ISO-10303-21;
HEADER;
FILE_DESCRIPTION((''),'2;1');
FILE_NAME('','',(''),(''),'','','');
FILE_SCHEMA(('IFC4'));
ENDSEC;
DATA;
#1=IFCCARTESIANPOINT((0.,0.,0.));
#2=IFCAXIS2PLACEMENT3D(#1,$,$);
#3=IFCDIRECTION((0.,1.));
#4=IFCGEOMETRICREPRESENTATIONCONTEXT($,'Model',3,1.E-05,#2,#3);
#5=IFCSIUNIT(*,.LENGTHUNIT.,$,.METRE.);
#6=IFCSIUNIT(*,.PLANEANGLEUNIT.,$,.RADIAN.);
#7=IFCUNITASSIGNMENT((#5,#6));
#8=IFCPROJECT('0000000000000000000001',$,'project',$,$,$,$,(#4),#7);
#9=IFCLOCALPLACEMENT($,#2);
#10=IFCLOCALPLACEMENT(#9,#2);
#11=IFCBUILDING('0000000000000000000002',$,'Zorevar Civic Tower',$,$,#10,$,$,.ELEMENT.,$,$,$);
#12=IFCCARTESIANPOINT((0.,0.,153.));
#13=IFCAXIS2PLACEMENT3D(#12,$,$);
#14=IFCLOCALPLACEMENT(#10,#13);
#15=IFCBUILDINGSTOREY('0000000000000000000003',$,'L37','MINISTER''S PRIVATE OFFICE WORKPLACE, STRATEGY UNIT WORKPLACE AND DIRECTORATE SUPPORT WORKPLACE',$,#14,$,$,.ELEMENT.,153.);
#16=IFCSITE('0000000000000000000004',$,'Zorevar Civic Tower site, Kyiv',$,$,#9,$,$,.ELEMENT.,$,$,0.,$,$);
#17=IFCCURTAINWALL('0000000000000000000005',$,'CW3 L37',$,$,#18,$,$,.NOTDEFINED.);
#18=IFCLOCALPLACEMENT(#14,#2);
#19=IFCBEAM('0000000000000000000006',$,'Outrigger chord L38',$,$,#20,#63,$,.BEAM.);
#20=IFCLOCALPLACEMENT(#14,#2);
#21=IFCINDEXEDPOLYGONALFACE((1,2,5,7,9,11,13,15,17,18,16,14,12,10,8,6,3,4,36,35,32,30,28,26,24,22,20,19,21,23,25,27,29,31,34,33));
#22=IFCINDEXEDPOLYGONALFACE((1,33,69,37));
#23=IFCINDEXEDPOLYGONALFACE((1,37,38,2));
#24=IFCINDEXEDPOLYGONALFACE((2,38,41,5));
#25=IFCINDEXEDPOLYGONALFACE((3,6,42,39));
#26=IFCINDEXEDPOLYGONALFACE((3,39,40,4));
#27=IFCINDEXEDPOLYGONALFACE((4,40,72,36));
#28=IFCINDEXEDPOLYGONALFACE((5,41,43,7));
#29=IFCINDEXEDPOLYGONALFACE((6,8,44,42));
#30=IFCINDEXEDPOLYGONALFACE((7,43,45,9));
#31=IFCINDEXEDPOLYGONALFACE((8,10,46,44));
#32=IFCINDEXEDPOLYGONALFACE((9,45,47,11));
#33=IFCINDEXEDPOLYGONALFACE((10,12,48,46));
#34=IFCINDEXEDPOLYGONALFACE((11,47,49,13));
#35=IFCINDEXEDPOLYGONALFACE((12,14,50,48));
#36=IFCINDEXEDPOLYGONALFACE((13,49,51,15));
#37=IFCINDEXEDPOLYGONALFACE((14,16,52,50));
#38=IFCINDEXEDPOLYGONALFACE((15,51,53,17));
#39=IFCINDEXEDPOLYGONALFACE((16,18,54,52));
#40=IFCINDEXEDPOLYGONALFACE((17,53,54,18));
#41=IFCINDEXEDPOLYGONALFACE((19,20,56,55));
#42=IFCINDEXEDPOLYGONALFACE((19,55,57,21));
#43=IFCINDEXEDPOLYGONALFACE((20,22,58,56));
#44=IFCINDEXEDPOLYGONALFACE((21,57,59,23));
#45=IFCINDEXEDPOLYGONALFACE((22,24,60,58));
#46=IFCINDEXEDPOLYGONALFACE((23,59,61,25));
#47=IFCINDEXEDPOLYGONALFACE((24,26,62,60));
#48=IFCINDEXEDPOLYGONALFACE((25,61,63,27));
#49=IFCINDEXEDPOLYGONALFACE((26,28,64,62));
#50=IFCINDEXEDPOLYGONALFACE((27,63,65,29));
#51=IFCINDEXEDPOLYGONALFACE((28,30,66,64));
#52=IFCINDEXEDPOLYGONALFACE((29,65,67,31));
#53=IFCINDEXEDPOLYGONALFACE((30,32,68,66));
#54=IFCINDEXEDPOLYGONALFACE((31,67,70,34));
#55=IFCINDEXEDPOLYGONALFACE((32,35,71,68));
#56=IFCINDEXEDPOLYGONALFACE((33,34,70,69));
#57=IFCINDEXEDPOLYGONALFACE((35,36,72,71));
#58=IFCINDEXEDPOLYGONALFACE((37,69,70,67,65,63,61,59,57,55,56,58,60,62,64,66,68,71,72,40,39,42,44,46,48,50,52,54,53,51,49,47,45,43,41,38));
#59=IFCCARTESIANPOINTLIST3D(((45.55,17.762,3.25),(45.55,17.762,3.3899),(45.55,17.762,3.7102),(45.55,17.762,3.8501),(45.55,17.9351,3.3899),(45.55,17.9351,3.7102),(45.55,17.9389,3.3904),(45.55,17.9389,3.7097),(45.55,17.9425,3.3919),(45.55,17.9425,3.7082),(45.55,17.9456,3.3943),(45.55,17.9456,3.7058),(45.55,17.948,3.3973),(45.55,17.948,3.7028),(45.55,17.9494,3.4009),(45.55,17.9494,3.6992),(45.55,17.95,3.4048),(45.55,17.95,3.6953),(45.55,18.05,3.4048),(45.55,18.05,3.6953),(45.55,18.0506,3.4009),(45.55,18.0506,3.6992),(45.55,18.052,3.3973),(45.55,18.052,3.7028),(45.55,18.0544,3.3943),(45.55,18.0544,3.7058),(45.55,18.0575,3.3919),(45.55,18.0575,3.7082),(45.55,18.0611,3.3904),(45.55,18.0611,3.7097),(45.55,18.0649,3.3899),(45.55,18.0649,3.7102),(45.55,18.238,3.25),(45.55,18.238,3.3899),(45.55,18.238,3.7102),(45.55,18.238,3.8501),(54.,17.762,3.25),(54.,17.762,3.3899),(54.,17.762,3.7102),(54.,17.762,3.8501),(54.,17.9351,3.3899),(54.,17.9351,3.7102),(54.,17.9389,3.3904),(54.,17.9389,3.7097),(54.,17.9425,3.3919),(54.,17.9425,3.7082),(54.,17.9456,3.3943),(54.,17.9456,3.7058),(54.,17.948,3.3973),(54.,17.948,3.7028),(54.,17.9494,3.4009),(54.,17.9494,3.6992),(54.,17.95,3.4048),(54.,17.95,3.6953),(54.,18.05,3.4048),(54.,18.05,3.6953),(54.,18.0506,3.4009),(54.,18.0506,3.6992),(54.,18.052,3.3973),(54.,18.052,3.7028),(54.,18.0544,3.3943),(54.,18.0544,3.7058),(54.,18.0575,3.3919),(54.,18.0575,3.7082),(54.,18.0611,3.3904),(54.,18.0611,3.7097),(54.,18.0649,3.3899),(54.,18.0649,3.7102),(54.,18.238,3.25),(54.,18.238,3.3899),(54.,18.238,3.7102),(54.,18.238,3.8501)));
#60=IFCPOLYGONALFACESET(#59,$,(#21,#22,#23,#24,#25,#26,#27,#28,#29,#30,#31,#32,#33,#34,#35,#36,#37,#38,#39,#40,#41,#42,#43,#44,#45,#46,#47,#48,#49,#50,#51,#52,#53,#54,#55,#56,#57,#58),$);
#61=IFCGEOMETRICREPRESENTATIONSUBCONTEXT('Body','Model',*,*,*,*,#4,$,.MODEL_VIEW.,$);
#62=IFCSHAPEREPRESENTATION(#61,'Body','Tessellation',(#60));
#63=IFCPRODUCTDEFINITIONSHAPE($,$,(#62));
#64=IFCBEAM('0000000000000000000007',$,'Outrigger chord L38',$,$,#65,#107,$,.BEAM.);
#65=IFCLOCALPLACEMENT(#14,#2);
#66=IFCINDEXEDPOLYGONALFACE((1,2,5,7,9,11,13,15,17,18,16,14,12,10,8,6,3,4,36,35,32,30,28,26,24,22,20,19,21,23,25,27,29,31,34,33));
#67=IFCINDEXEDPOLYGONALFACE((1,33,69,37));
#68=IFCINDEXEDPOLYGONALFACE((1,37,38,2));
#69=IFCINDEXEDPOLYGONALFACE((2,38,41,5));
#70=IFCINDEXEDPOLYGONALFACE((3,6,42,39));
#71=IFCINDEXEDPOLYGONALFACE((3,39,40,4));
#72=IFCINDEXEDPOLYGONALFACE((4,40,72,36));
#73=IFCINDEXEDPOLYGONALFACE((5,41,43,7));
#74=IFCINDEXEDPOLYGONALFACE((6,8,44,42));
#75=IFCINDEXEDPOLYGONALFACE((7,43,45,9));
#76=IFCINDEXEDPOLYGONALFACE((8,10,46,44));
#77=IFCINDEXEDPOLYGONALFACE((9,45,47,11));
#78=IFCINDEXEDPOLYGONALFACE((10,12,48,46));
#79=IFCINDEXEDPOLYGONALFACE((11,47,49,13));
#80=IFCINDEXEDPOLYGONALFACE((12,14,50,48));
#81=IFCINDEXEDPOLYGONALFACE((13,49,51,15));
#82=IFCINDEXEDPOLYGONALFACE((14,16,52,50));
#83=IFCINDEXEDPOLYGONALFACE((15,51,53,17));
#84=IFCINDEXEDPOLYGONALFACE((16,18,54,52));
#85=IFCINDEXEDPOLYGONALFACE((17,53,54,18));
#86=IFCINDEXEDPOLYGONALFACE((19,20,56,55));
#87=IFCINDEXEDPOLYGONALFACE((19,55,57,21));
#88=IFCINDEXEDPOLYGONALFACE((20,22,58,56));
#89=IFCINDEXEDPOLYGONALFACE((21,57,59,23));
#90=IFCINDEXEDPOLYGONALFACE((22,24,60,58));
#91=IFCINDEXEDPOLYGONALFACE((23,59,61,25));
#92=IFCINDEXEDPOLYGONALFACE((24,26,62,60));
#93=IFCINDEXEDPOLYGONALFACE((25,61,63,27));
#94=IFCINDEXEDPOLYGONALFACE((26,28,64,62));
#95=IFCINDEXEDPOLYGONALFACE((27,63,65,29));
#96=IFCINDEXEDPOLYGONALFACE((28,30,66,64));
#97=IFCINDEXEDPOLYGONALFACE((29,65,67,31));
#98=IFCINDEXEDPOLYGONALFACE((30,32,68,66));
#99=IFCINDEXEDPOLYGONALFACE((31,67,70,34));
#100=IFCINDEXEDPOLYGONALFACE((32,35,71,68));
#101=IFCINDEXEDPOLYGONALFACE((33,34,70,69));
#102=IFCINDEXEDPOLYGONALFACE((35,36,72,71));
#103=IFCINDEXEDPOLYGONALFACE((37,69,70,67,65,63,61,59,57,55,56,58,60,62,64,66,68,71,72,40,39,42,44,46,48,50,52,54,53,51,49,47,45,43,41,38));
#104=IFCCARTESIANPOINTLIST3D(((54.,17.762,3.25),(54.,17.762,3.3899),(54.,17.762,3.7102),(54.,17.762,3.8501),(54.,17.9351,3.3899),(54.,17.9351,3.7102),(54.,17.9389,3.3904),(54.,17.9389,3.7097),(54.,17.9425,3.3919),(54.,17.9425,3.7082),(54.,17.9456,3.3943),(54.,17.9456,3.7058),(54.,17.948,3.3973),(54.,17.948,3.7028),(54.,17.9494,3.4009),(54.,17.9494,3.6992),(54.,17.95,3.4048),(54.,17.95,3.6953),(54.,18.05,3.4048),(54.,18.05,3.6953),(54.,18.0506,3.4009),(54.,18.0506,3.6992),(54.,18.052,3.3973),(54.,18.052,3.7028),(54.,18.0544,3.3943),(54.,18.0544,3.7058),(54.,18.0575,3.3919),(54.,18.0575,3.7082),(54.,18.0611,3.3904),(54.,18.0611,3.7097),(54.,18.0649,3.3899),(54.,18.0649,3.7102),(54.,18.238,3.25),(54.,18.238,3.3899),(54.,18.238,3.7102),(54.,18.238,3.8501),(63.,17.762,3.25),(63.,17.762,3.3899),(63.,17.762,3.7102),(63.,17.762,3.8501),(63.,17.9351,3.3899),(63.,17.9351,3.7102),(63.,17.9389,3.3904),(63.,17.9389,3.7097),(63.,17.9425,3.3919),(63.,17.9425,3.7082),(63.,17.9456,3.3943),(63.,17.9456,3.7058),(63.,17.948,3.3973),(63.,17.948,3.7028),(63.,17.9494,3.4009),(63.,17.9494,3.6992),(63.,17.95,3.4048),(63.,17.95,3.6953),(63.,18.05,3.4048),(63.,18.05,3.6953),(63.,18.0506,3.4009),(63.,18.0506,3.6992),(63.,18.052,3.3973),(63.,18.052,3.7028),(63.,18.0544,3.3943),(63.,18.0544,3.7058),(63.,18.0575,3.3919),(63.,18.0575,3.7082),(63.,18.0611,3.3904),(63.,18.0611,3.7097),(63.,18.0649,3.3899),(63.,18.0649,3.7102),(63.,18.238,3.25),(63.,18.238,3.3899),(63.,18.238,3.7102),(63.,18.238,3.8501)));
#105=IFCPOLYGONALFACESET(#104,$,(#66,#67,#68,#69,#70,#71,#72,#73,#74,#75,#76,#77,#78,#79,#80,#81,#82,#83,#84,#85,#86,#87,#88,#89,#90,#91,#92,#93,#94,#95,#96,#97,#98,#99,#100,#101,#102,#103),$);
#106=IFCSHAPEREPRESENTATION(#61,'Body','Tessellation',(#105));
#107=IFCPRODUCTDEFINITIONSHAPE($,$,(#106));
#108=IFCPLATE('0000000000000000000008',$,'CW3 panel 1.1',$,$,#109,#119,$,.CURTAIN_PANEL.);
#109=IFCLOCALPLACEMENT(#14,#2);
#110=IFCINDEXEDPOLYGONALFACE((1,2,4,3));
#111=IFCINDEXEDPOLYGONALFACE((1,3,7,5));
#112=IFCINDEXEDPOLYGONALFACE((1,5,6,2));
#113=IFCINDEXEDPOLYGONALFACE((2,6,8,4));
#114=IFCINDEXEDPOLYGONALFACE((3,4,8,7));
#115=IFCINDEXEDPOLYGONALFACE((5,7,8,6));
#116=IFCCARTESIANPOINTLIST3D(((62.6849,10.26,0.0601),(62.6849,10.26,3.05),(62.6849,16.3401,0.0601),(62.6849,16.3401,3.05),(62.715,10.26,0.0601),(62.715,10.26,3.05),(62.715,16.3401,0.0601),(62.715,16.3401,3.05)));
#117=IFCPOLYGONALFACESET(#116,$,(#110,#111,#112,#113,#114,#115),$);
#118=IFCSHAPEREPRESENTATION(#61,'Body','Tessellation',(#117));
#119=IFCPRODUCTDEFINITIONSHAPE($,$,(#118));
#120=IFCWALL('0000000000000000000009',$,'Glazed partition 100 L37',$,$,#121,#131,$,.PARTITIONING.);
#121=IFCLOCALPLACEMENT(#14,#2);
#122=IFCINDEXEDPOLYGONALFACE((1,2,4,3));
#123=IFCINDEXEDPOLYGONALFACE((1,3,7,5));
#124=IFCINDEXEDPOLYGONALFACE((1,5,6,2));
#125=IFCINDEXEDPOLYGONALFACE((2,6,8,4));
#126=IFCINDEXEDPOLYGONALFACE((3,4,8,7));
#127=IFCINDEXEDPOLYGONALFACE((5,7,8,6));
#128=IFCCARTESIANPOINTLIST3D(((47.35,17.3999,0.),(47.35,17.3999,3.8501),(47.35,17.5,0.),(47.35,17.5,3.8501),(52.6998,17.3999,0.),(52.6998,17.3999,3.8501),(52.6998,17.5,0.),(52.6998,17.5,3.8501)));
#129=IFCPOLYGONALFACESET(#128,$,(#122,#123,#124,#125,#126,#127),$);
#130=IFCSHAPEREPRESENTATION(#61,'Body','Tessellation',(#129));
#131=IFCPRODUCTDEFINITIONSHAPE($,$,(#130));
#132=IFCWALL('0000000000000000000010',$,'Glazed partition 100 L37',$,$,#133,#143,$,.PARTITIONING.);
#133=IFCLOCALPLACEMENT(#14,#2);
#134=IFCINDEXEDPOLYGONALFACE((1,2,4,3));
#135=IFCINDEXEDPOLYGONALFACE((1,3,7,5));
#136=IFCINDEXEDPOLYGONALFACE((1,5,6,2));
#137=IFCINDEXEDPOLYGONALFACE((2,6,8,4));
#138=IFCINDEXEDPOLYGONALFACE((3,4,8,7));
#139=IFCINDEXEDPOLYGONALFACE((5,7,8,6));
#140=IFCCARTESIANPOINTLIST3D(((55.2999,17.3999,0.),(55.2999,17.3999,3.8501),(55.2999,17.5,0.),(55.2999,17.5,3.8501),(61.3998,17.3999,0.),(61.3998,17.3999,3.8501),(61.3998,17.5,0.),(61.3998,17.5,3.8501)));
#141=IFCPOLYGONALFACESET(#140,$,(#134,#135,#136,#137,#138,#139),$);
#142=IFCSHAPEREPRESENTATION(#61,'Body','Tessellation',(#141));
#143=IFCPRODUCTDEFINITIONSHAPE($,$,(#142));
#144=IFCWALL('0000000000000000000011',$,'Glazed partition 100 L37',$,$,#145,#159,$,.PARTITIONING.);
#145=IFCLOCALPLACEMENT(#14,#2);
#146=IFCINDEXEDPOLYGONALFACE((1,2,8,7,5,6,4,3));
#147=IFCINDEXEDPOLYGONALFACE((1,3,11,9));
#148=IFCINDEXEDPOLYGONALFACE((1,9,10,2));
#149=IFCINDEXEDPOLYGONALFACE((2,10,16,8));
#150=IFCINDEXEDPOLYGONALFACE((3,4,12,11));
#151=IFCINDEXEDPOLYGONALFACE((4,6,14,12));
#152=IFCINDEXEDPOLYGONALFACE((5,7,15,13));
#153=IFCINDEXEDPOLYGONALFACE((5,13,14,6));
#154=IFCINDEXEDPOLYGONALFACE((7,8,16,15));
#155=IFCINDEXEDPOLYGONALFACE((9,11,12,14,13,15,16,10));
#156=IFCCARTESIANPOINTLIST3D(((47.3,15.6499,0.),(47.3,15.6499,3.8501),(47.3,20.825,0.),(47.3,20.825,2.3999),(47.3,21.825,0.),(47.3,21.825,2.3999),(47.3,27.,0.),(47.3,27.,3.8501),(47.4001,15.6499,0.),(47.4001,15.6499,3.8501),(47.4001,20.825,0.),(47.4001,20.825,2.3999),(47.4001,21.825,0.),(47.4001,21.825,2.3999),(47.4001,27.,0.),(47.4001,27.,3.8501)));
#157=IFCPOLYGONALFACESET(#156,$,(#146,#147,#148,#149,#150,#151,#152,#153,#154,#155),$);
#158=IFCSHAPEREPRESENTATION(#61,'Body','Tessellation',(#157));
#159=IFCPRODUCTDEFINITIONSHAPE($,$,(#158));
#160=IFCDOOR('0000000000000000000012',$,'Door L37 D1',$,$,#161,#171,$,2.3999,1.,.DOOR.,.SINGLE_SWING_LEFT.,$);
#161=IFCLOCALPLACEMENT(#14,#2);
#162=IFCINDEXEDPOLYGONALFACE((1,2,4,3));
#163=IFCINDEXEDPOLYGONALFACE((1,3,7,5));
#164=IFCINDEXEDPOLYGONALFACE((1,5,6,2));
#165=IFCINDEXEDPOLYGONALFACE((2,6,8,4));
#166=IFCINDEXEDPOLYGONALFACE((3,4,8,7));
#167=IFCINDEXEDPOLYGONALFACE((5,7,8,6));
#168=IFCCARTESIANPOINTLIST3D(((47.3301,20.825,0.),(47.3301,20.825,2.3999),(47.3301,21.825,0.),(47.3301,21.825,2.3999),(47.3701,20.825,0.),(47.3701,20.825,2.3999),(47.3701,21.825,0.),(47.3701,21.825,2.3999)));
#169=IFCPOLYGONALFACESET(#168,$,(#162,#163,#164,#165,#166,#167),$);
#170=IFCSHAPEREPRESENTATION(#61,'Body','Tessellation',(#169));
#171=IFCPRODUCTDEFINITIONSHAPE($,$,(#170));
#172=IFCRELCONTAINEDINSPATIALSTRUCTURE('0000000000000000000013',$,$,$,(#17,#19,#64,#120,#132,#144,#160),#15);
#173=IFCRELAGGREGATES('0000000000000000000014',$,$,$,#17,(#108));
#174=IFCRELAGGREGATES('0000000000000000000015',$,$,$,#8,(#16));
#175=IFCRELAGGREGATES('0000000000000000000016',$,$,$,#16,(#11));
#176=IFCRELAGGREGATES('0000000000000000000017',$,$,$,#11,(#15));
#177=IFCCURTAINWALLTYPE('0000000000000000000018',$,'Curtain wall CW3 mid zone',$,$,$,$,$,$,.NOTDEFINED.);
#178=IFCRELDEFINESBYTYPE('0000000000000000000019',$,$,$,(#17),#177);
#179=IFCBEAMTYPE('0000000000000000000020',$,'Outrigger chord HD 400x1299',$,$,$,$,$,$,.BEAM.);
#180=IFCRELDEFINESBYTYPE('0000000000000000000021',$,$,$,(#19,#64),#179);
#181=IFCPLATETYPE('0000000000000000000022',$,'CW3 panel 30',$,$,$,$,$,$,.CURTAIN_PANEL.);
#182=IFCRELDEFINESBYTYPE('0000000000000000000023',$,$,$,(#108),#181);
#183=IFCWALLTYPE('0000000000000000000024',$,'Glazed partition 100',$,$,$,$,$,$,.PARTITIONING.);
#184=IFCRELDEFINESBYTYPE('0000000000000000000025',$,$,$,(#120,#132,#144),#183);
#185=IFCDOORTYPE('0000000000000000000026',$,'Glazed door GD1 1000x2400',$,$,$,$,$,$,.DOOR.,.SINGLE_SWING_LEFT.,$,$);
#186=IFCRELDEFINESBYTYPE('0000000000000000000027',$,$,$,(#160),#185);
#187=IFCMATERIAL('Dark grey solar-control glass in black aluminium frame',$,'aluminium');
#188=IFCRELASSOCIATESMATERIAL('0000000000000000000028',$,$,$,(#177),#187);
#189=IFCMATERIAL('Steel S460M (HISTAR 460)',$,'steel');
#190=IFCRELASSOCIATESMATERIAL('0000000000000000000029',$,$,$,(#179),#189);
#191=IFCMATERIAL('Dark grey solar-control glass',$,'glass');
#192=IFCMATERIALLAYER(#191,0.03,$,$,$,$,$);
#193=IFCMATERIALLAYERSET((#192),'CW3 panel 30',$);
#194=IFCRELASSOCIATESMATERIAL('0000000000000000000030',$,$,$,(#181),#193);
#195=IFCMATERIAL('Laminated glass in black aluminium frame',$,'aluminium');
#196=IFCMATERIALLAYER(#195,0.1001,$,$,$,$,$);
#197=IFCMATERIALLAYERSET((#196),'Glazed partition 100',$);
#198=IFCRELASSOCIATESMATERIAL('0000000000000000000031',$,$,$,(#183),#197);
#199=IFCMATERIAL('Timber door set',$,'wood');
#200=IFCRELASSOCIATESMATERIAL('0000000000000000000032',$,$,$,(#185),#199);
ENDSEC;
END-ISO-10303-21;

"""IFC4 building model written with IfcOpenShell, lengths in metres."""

from ifc_helpers import new_model, si_unit, direction, frame, frame_2d, origin, origin_2d, place, context, subcontext, project, spatial, rectangle, i_section, extrude, material, layer, layer_set, material_profile, profile_set, type_object, element, fill, aggregate, save


model = new_model("IFC4")

# Units and contexts
model_context = context("Model", 3, precision=1e-05, world=origin(), true_north=direction((0.0, 1.0)))
body_context = subcontext(model_context, "Body", "Model", "MODEL_VIEW")
ifc_project = project(units=[si_unit("LENGTHUNIT", "METRE"), si_unit("PLANEANGLEUNIT", "RADIAN")], contexts=[model_context])

# Site, building, storey
site_placement = place(None, origin())
site = spatial("IfcSite", under=ifc_project, at=site_placement, Name="Zorevar Civic Tower site, Kyiv", CompositionType="ELEMENT", RefElevation=0.0)
building_placement = place(site_placement, origin())
building = spatial("IfcBuilding", under=site, at=building_placement, Name="Zorevar Civic Tower", CompositionType="ELEMENT")
storey_placement = place(building_placement, frame((0.0, 0.0, 153.0)))
storey = spatial("IfcBuildingStorey", under=building, at=storey_placement, Name="L37", Description="MINISTER'S PRIVATE OFFICE WORKPLACE, STRATEGY UNIT WORKPLACE AND DIRECTORATE SUPPORT WORKPLACE", CompositionType="ELEMENT", Elevation=153.0)

# Curtain wall
ifc_material_1 = material(Name="Dark grey solar-control glass in black aluminium frame", Category="aluminium")
curtain_wall_type = type_object("IfcCurtainWallType", Name="Curtain wall CW3 mid zone", PredefinedType="NOTDEFINED", material=ifc_material_1)
curtain_wall_1_placement = place(storey_placement, origin())
curtain_wall_1 = element("IfcCurtainWall", 1, at=curtain_wall_1_placement, inside=storey, type_object=curtain_wall_type, Name="CW3 L37", PredefinedType="NOTDEFINED")

# Beams
ifc_material_2 = material(Name="Steel S460M (HISTAR 460)", Category="steel")
ifc_material_profile_1 = material_profile(ifc_material_2, i_section(OverallWidth=0.4761, OverallDepth=0.6001, WebThickness=0.1001, FlangeThickness=0.1399, FilletRadius=0.0149, at=origin_2d()), Name="HD 400x1299")
ifc_profile_set_1 = profile_set([ifc_material_profile_1], Name="Steel S460M (HISTAR 460)")
beam_type_1 = type_object("IfcBeamType", Name="Outrigger chord HD 400x1299", PredefinedType="BEAM", material=ifc_profile_set_1)
beam_1_placement = place(storey_placement, frame((45.55, 18.0, 3.55), z_axis=(1.0, 0.0, 0.0), x_axis=(0.0, 1.0, 0.0)))
element("IfcBeam", 2, at=beam_1_placement, inside=storey, type_object=beam_type_1, Name="Outrigger chord L38", PredefinedType="BEAM", context=body_context, shape_type="SweptSolid", body=[
    extrude(i_section(OverallWidth=0.4761, OverallDepth=0.6001, WebThickness=0.1001, FlangeThickness=0.1399, FilletRadius=0.0149, at=origin_2d()), origin(), (0.0, 0.0, 1.0), 8.45),
])
beam_2_placement = place(storey_placement, frame((54.0, 18.0, 3.55), z_axis=(1.0, 0.0, 0.0), x_axis=(0.0, 1.0, 0.0)))
element("IfcBeam", 3, at=beam_2_placement, inside=storey, type_object=beam_type_1, Name="Outrigger chord L38", PredefinedType="BEAM", context=body_context, shape_type="SweptSolid", body=[
    extrude(i_section(OverallWidth=0.4761, OverallDepth=0.6001, WebThickness=0.1001, FlangeThickness=0.1399, FilletRadius=0.0149, at=origin_2d()), origin(), (0.0, 0.0, 1.0), 9.0),
])

# Plate
ifc_material_3 = material(Name="Dark grey solar-control glass", Category="glass")
ifc_layer_1 = layer(ifc_material_3, 0.03)
ifc_layer_set_1 = layer_set([ifc_layer_1], Name="CW3 panel 30")
plate_type = type_object("IfcPlateType", Name="CW3 panel 30", PredefinedType="CURTAIN_PANEL", material=ifc_layer_set_1)
plate_placement = place(storey_placement, frame((62.7, 13.3, 0.0601), z_axis=(0.0, 0.0, 1.0), x_axis=(0.0, 1.0, 0.0)))
plate = element("IfcPlate", 4, at=plate_placement, type_object=plate_type, Name="CW3 panel 1.1", PredefinedType="CURTAIN_PANEL", context=body_context, shape_type="SweptSolid", body=[
    extrude(rectangle(XDim=6.0801, YDim=0.03, at=origin_2d()), origin(), (0.0, 0.0, 1.0), 2.99),
])
aggregate(curtain_wall_1, [plate])

# Walls
ifc_material_4 = material(Name="Laminated glass in black aluminium frame", Category="aluminium")
ifc_layer_2 = layer(ifc_material_4, 0.1001)
ifc_layer_set_2 = layer_set([ifc_layer_2], Name="Glazed partition 100")
wall_type = type_object("IfcWallType", Name="Glazed partition 100", PredefinedType="PARTITIONING", material=ifc_layer_set_2)
wall_1_placement = place(storey_placement, frame((47.3501, 17.45, 0.0), z_axis=(0.0, 0.0, 1.0), x_axis=(1.0, 0.0, 0.0)))
element("IfcWall", 5, at=wall_1_placement, inside=storey, type_object=wall_type, Name="Glazed partition 100 L37", PredefinedType="PARTITIONING", context=body_context, shape_type="SweptSolid", body=[
    extrude(rectangle(XDim=5.3499, YDim=0.1001, at=frame_2d((2.6748, 0.0))), origin(), (0.0, 0.0, 1.0), 3.8501),
])
wall_2_placement = place(storey_placement, frame((55.3, 17.45, 0.0), z_axis=(0.0, 0.0, 1.0), x_axis=(1.0, 0.0, 0.0)))
element("IfcWall", 6, at=wall_2_placement, inside=storey, type_object=wall_type, Name="Glazed partition 100 L37", PredefinedType="PARTITIONING", context=body_context, shape_type="SweptSolid", body=[
    extrude(rectangle(XDim=6.0999, YDim=0.1001, at=frame_2d((3.0498, 0.0))), origin(), (0.0, 0.0, 1.0), 3.8501),
])

# Wall, opening, door
wall_3_placement = place(storey_placement, frame((47.3501, 15.6499, 0.0), z_axis=(0.0, 0.0, 1.0), x_axis=(0.0, 1.0, 0.0)))
wall_3 = element("IfcWall", 7, at=wall_3_placement, inside=storey, type_object=wall_type, Name="Glazed partition 100 L37", PredefinedType="PARTITIONING", context=body_context, shape_type="SweptSolid", body=[
    extrude(rectangle(XDim=11.3501, YDim=0.1001, at=frame_2d((5.675, 0.0))), origin(), (0.0, 0.0, 1.0), 3.8501),
])
opening_placement = place(wall_3_placement, frame((5.175, 0.0, 0.0)))
opening = element("IfcOpeningElement", 8, at=opening_placement, cuts=wall_3, PredefinedType="OPENING", context=body_context, shape_type="SweptSolid", body=[
    extrude(rectangle(XDim=1.0, YDim=2.3999, at=frame_2d((0.5, 1.2))), frame((0.0, 0.0601, 0.0), z_axis=(0.0, -1.0, 0.0), x_axis=(1.0, 0.0, 0.0)), (0.0, 0.0, 1.0), 0.1201),
])
ifc_material_5 = material(Name="Timber door set", Category="wood")
door_type = type_object("IfcDoorType", Name="Glazed door GD1 1000x2400", OperationType="SINGLE_SWING_LEFT", PredefinedType="DOOR", material=ifc_material_5)
door_placement = place(opening_placement, origin())
door = element("IfcDoor", 9, at=door_placement, inside=storey, type_object=door_type, Name="Door L37 D1", OperationType="SINGLE_SWING_LEFT", OverallHeight=2.3999, OverallWidth=1.0, PredefinedType="DOOR", context=body_context, shape_type="SweptSolid", body=[
    extrude(rectangle(XDim=1.0, YDim=2.3999, at=frame_2d((0.5, 1.2))), frame((0.0, 0.02, 0.0), z_axis=(0.0, -1.0, 0.0), x_axis=(1.0, 0.0, 0.0)), (0.0, 0.0, 1.0), 0.04),
])
fill(opening, door)

save(model, "model.ifc")
